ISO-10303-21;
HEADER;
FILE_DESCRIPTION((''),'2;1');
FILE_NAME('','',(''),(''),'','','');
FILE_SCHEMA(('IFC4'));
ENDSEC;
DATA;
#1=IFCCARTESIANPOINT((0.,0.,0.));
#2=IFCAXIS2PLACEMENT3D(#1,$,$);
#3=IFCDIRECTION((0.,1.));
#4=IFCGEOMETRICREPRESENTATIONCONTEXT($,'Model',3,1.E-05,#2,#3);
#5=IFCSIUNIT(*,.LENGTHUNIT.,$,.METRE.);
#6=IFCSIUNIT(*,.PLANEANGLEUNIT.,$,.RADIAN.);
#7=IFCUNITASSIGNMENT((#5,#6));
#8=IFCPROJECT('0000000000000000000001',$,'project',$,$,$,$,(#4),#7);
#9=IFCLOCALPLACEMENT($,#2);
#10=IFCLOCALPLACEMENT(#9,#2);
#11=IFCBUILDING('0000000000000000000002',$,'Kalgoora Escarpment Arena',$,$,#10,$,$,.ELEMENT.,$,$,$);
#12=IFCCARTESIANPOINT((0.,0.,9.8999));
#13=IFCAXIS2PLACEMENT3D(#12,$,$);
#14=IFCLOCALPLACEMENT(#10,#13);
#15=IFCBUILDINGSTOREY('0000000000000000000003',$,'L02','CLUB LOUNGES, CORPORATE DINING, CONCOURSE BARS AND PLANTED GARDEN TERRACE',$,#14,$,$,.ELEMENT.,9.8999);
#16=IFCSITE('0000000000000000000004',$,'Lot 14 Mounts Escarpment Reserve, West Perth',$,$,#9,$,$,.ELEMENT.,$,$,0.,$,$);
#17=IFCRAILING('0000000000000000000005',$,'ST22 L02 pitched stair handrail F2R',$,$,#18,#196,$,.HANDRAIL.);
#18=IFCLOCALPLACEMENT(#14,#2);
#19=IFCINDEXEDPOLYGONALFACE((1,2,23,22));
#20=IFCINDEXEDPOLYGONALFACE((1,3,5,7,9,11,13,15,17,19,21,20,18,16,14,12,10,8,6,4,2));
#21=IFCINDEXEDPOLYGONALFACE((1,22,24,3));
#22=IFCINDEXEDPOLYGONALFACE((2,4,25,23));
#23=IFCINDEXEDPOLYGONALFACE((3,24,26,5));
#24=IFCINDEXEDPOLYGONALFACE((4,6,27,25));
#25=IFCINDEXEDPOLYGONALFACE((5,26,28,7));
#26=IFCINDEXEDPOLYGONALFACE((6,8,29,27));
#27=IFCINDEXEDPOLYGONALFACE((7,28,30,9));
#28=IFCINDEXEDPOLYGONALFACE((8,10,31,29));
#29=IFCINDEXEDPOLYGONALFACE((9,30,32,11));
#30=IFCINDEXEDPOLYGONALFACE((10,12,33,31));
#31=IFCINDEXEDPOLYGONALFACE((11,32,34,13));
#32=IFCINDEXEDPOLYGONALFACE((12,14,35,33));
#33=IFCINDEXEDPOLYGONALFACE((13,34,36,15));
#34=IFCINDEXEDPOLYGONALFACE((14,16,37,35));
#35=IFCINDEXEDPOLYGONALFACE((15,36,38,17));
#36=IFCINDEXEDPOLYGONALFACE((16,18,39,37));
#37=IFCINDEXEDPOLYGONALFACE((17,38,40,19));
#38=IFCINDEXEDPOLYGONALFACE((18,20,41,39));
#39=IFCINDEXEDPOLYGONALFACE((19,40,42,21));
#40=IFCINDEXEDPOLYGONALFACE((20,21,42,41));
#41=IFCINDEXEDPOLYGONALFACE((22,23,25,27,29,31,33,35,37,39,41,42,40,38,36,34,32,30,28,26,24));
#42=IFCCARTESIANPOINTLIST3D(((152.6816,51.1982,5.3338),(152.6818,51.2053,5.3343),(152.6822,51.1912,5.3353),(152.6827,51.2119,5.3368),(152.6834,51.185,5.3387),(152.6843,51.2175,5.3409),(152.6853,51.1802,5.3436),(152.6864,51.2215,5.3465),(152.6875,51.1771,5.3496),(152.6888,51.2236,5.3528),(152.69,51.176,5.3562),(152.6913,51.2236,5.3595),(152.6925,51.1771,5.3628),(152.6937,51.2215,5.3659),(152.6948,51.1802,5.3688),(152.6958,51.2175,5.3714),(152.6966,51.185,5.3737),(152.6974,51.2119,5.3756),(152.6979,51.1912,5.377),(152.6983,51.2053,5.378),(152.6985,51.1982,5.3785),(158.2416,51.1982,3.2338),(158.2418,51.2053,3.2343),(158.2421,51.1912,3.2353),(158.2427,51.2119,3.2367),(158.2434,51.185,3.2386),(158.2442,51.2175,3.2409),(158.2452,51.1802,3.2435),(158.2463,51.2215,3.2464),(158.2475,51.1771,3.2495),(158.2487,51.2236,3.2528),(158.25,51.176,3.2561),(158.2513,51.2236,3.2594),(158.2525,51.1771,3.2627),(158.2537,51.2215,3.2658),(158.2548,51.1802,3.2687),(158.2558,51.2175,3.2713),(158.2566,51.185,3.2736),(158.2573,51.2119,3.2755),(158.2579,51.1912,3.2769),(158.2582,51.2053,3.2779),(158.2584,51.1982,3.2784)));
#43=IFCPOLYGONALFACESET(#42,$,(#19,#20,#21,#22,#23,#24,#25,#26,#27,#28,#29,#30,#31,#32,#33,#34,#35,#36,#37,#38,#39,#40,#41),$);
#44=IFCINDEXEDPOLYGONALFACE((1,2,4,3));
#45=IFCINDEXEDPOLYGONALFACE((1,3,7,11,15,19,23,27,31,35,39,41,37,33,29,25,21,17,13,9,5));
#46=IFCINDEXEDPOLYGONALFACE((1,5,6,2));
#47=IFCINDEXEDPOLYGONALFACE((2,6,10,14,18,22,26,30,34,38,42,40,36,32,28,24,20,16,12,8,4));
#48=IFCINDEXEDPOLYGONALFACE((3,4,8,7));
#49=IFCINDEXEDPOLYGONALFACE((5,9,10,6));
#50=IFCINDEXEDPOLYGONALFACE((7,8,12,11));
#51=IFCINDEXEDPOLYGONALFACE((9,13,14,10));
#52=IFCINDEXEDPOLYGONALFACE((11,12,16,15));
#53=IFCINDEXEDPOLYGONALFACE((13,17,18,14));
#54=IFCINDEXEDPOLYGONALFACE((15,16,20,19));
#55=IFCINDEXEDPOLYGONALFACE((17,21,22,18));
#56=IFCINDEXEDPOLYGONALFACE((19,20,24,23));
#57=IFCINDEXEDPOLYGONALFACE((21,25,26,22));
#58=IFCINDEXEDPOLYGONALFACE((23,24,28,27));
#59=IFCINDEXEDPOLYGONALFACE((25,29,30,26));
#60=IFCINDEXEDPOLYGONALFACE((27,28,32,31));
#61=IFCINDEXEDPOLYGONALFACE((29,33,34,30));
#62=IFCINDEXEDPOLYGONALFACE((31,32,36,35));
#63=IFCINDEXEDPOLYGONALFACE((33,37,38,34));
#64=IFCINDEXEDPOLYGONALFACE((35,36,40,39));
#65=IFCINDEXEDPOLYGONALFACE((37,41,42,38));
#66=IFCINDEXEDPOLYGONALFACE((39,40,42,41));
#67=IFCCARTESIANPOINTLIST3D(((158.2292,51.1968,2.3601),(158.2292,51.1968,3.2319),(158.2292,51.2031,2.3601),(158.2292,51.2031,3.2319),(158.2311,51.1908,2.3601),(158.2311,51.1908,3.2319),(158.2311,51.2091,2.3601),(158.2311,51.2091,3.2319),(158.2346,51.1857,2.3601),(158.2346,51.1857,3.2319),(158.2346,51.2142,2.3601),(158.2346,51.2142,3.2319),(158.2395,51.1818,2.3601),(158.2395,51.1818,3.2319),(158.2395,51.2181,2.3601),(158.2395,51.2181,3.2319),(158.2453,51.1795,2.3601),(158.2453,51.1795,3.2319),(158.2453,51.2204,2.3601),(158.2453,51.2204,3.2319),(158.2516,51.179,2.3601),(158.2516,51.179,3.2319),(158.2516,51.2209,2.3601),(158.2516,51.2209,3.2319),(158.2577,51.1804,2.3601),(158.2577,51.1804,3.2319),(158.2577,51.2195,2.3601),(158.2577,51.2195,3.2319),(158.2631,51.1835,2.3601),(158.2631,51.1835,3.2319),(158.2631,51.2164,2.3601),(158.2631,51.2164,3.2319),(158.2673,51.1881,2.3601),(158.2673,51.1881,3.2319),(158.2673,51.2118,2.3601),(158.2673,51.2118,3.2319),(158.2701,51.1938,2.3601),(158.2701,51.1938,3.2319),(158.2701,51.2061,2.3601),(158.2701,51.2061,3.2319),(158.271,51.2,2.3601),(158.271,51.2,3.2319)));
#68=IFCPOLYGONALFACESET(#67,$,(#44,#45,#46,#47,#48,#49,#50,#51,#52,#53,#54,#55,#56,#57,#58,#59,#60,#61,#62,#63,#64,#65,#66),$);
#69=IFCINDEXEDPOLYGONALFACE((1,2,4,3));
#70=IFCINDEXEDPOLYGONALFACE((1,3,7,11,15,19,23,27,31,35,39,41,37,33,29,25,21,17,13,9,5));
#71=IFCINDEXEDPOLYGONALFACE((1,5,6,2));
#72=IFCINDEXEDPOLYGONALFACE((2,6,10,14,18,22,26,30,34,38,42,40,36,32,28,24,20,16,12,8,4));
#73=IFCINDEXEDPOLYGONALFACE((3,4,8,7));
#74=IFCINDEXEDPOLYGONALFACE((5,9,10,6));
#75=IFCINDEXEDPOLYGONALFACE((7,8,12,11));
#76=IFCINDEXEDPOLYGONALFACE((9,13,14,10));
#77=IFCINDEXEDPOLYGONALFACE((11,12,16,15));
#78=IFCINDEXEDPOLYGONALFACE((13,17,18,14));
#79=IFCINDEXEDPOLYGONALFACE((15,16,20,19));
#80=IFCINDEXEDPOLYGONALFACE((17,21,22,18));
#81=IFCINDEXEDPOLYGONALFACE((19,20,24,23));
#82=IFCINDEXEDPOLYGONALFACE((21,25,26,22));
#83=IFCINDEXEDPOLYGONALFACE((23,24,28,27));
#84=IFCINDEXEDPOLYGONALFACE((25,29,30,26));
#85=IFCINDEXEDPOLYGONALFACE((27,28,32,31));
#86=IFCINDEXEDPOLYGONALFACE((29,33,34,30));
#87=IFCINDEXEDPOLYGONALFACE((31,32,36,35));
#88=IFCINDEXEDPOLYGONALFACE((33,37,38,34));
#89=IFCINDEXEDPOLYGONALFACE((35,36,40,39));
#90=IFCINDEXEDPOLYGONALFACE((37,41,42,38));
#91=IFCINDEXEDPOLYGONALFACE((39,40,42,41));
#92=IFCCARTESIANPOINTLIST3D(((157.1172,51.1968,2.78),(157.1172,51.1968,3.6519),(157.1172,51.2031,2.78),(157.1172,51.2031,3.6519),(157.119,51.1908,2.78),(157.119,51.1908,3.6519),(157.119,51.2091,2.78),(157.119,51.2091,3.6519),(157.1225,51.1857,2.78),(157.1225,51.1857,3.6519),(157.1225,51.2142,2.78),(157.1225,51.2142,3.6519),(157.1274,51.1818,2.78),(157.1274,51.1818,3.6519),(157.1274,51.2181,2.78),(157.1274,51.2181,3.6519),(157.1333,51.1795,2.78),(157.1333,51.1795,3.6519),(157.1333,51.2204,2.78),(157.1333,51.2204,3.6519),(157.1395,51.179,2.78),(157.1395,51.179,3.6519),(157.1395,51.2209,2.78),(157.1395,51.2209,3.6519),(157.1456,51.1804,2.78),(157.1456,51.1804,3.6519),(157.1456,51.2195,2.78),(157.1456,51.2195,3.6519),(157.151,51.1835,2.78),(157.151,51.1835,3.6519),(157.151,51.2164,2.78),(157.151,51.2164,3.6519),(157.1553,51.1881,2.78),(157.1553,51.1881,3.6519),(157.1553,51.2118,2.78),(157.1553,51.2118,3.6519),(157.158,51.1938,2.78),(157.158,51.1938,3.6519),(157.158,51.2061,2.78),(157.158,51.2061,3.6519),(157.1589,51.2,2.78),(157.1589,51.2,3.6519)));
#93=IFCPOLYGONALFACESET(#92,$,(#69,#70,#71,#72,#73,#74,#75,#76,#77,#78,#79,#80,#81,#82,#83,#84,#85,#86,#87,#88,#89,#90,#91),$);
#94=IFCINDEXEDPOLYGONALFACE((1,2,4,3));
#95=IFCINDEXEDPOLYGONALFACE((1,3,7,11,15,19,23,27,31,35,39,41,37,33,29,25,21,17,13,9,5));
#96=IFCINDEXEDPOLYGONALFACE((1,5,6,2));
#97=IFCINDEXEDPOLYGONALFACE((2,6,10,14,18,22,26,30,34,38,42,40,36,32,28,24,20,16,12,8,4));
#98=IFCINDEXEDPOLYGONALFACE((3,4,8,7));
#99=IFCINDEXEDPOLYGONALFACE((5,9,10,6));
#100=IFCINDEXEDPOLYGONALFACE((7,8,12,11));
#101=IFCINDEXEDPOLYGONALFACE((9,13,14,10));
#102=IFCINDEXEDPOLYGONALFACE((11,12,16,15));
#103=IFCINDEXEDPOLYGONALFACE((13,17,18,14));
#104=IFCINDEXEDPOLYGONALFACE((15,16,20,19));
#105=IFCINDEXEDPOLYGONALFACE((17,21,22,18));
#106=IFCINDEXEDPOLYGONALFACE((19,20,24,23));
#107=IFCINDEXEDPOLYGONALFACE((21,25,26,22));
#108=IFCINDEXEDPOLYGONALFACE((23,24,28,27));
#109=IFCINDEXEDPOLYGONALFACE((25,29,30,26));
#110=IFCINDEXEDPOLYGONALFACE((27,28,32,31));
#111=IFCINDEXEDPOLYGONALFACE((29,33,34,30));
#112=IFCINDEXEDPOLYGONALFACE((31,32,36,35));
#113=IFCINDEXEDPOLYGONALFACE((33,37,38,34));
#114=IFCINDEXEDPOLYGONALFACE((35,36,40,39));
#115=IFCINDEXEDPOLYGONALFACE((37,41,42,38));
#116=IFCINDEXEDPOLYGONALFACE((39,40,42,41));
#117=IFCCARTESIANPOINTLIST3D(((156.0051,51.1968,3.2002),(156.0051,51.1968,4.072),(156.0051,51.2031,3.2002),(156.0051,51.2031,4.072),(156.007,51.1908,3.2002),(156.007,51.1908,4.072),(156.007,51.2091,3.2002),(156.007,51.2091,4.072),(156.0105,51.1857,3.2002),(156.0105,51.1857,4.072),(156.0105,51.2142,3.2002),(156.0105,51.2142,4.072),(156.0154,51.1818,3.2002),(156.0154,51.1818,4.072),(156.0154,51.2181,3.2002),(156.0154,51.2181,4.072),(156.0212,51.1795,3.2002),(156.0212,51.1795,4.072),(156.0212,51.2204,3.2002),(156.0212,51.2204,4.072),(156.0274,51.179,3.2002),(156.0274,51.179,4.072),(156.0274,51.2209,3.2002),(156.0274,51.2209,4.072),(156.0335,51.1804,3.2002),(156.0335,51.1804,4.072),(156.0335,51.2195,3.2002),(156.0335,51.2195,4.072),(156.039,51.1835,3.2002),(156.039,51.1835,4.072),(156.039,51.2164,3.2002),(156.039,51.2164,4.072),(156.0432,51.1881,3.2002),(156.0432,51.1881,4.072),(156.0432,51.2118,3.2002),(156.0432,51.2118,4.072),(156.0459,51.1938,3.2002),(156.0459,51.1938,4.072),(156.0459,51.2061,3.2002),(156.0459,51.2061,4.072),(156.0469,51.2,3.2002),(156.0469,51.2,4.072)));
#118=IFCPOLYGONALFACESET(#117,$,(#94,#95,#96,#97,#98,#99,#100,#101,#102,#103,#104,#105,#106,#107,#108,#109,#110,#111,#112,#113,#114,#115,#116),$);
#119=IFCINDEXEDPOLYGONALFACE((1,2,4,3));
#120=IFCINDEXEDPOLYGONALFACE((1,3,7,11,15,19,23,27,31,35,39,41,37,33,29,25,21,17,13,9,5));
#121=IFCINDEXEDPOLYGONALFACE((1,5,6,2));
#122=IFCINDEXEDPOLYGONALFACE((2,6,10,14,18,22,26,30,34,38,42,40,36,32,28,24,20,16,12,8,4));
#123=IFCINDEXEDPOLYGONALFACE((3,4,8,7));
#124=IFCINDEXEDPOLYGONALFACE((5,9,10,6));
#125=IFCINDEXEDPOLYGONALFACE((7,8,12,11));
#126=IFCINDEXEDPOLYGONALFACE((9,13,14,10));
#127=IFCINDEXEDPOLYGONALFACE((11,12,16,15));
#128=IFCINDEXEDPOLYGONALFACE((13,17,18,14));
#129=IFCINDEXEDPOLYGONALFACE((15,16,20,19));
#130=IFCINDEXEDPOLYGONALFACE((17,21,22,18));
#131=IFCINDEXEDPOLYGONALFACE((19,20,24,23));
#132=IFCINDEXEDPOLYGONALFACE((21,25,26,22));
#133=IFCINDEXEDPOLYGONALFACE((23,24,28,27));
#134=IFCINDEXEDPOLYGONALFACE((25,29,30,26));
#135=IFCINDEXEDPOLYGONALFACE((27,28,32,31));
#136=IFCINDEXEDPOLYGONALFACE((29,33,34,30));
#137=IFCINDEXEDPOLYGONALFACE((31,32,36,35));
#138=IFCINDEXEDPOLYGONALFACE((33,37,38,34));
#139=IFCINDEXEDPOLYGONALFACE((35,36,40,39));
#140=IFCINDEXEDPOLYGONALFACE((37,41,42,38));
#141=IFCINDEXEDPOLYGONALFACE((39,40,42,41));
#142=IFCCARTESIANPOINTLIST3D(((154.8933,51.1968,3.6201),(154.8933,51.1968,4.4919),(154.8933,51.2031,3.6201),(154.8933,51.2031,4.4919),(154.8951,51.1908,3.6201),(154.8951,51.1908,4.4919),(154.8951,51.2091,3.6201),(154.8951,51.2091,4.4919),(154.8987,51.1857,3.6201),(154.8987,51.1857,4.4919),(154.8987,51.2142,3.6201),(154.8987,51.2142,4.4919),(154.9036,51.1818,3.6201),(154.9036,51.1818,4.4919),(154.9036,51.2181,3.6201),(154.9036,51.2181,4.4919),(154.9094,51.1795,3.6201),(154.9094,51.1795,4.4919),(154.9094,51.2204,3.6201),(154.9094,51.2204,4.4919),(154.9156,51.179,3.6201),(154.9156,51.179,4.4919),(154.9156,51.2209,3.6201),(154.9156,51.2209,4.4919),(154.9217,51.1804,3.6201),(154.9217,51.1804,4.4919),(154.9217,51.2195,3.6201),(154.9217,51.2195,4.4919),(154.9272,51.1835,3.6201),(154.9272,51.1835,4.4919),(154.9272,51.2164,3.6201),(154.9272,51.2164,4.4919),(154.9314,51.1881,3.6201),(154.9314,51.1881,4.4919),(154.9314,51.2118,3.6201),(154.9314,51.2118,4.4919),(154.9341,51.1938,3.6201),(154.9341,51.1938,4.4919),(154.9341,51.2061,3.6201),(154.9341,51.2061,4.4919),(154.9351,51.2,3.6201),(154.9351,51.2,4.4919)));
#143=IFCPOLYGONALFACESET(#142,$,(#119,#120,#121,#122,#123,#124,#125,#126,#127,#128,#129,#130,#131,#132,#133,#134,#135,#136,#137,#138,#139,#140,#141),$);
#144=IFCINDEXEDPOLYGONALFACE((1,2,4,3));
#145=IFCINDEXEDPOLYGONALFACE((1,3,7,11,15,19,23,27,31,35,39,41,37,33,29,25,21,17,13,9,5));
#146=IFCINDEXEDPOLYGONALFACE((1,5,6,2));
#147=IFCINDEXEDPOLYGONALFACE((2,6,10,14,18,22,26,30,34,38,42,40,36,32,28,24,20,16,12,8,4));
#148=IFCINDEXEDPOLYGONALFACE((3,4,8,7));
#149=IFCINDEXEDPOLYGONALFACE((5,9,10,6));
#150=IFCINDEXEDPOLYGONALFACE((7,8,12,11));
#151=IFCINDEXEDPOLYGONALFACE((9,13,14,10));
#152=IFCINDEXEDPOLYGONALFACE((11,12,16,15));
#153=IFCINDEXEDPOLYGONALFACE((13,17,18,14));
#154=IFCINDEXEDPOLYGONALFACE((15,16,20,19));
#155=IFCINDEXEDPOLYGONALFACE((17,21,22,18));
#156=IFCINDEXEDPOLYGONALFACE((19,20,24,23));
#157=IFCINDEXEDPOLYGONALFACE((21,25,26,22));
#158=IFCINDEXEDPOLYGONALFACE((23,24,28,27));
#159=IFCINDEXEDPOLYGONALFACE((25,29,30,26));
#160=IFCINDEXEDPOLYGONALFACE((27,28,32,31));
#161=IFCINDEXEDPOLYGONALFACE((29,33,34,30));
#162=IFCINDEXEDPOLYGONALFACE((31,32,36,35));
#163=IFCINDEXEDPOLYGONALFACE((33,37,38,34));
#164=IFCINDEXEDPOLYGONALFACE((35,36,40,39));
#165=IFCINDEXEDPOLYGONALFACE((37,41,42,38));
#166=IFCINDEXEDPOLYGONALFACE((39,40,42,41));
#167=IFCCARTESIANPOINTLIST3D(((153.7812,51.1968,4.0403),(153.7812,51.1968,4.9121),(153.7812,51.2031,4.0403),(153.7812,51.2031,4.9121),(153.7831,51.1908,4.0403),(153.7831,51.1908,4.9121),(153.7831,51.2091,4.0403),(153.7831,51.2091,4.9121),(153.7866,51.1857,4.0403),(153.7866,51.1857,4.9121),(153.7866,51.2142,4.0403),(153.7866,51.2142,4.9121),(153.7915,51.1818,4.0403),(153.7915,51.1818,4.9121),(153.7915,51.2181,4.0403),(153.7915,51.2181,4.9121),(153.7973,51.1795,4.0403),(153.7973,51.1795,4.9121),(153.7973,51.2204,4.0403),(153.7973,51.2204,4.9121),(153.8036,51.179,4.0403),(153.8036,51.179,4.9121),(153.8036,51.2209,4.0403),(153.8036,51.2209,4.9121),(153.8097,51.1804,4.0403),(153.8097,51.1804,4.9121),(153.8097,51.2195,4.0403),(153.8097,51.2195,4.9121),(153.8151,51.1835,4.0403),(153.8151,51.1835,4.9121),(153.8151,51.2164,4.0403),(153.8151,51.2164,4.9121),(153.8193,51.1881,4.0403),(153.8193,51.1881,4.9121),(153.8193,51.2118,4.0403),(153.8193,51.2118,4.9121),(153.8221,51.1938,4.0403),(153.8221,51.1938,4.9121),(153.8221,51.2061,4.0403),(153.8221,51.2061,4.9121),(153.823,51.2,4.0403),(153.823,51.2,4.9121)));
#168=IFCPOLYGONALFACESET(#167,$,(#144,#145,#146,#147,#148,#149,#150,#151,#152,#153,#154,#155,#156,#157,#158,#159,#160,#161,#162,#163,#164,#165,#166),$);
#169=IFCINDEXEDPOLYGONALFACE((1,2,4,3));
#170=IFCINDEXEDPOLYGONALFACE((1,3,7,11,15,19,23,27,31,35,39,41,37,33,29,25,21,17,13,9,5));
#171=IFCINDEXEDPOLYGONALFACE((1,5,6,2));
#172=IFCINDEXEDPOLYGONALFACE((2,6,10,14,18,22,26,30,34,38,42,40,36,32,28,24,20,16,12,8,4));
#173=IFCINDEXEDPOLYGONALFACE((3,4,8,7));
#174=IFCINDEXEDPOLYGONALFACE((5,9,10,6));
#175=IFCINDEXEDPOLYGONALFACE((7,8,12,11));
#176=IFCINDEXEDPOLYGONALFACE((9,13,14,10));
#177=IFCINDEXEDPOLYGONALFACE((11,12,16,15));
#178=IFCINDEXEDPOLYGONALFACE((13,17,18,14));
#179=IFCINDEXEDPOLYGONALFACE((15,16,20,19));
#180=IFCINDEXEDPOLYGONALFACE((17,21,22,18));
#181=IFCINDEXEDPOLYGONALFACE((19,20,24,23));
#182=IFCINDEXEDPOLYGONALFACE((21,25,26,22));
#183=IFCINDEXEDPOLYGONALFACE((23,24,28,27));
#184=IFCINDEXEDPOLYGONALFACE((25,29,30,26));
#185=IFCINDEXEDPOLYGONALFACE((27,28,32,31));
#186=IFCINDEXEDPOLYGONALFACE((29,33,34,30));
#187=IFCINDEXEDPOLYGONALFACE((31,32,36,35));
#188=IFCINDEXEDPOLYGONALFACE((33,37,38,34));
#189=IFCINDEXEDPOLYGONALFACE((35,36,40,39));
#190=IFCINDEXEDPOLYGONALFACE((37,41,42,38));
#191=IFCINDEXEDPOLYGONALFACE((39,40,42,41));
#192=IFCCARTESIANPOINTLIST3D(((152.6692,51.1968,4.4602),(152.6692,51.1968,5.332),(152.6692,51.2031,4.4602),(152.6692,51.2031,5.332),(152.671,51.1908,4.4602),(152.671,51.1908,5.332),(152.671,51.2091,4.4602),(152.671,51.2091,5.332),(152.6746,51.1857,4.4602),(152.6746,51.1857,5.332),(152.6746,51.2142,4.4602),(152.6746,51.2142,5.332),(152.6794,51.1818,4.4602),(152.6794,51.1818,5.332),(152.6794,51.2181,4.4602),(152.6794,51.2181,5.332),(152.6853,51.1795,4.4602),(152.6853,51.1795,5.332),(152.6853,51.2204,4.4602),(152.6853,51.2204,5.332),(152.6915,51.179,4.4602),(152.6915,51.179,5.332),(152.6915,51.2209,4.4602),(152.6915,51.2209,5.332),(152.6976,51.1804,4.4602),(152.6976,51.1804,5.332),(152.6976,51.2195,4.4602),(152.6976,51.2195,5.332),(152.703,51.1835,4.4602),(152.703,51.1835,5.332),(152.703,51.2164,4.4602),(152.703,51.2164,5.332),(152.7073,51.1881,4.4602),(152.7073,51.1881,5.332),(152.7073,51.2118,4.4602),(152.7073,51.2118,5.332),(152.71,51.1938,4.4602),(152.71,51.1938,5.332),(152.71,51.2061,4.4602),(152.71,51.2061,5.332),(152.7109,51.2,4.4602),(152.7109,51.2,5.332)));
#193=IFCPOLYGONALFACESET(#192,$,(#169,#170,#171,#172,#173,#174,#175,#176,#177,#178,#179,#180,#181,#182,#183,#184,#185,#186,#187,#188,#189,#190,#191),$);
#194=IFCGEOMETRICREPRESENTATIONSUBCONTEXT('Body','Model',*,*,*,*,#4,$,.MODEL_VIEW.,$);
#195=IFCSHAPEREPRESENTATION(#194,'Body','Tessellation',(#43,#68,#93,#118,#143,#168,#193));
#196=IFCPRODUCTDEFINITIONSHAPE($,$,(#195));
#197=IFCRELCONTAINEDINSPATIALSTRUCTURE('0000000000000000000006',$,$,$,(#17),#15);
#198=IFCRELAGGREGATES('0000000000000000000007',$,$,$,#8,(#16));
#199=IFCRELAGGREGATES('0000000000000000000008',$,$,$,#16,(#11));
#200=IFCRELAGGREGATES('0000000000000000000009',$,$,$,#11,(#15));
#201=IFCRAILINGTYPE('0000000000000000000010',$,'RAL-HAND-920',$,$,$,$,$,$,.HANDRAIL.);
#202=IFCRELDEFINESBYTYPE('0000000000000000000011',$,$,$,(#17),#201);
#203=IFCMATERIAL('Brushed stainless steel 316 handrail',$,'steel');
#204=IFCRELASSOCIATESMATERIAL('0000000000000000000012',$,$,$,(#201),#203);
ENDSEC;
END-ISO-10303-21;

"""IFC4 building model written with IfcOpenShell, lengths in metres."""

from ifc_helpers import new_model, si_unit, direction, frame, origin, origin_2d, place, context, subcontext, project, spatial, circle, extrude, material, type_object, element, save


model = new_model("IFC4")

# Units and contexts
model_context = context("Model", 3, precision=1e-05, world=origin(), true_north=direction((0.0, 1.0)))
body_context = subcontext(model_context, "Body", "Model", "MODEL_VIEW")
ifc_project = project(units=[si_unit("LENGTHUNIT", "METRE"), si_unit("PLANEANGLEUNIT", "RADIAN")], contexts=[model_context])

# Site, building, storey
site_placement = place(None, origin())
site = spatial("IfcSite", under=ifc_project, at=site_placement, Name="Lot 14 Mounts Escarpment Reserve, West Perth", CompositionType="ELEMENT", RefElevation=0.0)
building_placement = place(site_placement, origin())
building = spatial("IfcBuilding", under=site, at=building_placement, Name="Kalgoora Escarpment Arena", CompositionType="ELEMENT")
storey_placement = place(building_placement, frame((0.0, 0.0, 9.8999)))
storey = spatial("IfcBuildingStorey", under=building, at=storey_placement, Name="L02", Description="CLUB LOUNGES, CORPORATE DINING, CONCOURSE BARS AND PLANTED GARDEN TERRACE", CompositionType="ELEMENT", Elevation=9.8999)

# Railing
ifc_material_1 = material(Name="Brushed stainless steel 316 handrail", Category="steel")
railing_type_1 = type_object("IfcRailingType", Name="RAL-HAND-920", PredefinedType="HANDRAIL", material=ifc_material_1)
railing_1_placement = place(storey_placement, frame((158.25, 51.2, 2.3601)))
element("IfcRailing", 1, at=railing_1_placement, inside=storey, type_object=railing_type_1, Name="ST22 L02 pitched stair handrail F2R", PredefinedType="HANDRAIL", context=body_context, shape_type="SweptSolid", body=[
    extrude(circle(Radius=0.0239, at=origin_2d()), frame((0.0, 0.0, 0.896), z_axis=(-0.935493, 0.0, 0.353346), x_axis=(0.0, -1.0, 0.0)), (0.0, 0.0, 1.0), 5.9434),
    extrude(circle(Radius=0.021, at=origin_2d()), origin(), (0.0, 0.0, 1.0), 0.8718),
    extrude(circle(Radius=0.021, at=origin_2d()), frame((-1.1121, 0.0, 0.4199)), (0.0, 0.0, 1.0), 0.8718),
    extrude(circle(Radius=0.021, at=origin_2d()), frame((-2.2241, 0.0, 0.8401)), (0.0, 0.0, 1.0), 0.8718),
    extrude(circle(Radius=0.021, at=origin_2d()), frame((-3.3359, 0.0, 1.26)), (0.0, 0.0, 1.0), 0.8718),
    extrude(circle(Radius=0.021, at=origin_2d()), frame((-4.448, 0.0, 1.6802)), (0.0, 0.0, 1.0), 0.8718),
    extrude(circle(Radius=0.021, at=origin_2d()), frame((-5.5601, 0.0, 2.1001)), (0.0, 0.0, 1.0), 0.8718),
])

save(model, "model.ifc")
